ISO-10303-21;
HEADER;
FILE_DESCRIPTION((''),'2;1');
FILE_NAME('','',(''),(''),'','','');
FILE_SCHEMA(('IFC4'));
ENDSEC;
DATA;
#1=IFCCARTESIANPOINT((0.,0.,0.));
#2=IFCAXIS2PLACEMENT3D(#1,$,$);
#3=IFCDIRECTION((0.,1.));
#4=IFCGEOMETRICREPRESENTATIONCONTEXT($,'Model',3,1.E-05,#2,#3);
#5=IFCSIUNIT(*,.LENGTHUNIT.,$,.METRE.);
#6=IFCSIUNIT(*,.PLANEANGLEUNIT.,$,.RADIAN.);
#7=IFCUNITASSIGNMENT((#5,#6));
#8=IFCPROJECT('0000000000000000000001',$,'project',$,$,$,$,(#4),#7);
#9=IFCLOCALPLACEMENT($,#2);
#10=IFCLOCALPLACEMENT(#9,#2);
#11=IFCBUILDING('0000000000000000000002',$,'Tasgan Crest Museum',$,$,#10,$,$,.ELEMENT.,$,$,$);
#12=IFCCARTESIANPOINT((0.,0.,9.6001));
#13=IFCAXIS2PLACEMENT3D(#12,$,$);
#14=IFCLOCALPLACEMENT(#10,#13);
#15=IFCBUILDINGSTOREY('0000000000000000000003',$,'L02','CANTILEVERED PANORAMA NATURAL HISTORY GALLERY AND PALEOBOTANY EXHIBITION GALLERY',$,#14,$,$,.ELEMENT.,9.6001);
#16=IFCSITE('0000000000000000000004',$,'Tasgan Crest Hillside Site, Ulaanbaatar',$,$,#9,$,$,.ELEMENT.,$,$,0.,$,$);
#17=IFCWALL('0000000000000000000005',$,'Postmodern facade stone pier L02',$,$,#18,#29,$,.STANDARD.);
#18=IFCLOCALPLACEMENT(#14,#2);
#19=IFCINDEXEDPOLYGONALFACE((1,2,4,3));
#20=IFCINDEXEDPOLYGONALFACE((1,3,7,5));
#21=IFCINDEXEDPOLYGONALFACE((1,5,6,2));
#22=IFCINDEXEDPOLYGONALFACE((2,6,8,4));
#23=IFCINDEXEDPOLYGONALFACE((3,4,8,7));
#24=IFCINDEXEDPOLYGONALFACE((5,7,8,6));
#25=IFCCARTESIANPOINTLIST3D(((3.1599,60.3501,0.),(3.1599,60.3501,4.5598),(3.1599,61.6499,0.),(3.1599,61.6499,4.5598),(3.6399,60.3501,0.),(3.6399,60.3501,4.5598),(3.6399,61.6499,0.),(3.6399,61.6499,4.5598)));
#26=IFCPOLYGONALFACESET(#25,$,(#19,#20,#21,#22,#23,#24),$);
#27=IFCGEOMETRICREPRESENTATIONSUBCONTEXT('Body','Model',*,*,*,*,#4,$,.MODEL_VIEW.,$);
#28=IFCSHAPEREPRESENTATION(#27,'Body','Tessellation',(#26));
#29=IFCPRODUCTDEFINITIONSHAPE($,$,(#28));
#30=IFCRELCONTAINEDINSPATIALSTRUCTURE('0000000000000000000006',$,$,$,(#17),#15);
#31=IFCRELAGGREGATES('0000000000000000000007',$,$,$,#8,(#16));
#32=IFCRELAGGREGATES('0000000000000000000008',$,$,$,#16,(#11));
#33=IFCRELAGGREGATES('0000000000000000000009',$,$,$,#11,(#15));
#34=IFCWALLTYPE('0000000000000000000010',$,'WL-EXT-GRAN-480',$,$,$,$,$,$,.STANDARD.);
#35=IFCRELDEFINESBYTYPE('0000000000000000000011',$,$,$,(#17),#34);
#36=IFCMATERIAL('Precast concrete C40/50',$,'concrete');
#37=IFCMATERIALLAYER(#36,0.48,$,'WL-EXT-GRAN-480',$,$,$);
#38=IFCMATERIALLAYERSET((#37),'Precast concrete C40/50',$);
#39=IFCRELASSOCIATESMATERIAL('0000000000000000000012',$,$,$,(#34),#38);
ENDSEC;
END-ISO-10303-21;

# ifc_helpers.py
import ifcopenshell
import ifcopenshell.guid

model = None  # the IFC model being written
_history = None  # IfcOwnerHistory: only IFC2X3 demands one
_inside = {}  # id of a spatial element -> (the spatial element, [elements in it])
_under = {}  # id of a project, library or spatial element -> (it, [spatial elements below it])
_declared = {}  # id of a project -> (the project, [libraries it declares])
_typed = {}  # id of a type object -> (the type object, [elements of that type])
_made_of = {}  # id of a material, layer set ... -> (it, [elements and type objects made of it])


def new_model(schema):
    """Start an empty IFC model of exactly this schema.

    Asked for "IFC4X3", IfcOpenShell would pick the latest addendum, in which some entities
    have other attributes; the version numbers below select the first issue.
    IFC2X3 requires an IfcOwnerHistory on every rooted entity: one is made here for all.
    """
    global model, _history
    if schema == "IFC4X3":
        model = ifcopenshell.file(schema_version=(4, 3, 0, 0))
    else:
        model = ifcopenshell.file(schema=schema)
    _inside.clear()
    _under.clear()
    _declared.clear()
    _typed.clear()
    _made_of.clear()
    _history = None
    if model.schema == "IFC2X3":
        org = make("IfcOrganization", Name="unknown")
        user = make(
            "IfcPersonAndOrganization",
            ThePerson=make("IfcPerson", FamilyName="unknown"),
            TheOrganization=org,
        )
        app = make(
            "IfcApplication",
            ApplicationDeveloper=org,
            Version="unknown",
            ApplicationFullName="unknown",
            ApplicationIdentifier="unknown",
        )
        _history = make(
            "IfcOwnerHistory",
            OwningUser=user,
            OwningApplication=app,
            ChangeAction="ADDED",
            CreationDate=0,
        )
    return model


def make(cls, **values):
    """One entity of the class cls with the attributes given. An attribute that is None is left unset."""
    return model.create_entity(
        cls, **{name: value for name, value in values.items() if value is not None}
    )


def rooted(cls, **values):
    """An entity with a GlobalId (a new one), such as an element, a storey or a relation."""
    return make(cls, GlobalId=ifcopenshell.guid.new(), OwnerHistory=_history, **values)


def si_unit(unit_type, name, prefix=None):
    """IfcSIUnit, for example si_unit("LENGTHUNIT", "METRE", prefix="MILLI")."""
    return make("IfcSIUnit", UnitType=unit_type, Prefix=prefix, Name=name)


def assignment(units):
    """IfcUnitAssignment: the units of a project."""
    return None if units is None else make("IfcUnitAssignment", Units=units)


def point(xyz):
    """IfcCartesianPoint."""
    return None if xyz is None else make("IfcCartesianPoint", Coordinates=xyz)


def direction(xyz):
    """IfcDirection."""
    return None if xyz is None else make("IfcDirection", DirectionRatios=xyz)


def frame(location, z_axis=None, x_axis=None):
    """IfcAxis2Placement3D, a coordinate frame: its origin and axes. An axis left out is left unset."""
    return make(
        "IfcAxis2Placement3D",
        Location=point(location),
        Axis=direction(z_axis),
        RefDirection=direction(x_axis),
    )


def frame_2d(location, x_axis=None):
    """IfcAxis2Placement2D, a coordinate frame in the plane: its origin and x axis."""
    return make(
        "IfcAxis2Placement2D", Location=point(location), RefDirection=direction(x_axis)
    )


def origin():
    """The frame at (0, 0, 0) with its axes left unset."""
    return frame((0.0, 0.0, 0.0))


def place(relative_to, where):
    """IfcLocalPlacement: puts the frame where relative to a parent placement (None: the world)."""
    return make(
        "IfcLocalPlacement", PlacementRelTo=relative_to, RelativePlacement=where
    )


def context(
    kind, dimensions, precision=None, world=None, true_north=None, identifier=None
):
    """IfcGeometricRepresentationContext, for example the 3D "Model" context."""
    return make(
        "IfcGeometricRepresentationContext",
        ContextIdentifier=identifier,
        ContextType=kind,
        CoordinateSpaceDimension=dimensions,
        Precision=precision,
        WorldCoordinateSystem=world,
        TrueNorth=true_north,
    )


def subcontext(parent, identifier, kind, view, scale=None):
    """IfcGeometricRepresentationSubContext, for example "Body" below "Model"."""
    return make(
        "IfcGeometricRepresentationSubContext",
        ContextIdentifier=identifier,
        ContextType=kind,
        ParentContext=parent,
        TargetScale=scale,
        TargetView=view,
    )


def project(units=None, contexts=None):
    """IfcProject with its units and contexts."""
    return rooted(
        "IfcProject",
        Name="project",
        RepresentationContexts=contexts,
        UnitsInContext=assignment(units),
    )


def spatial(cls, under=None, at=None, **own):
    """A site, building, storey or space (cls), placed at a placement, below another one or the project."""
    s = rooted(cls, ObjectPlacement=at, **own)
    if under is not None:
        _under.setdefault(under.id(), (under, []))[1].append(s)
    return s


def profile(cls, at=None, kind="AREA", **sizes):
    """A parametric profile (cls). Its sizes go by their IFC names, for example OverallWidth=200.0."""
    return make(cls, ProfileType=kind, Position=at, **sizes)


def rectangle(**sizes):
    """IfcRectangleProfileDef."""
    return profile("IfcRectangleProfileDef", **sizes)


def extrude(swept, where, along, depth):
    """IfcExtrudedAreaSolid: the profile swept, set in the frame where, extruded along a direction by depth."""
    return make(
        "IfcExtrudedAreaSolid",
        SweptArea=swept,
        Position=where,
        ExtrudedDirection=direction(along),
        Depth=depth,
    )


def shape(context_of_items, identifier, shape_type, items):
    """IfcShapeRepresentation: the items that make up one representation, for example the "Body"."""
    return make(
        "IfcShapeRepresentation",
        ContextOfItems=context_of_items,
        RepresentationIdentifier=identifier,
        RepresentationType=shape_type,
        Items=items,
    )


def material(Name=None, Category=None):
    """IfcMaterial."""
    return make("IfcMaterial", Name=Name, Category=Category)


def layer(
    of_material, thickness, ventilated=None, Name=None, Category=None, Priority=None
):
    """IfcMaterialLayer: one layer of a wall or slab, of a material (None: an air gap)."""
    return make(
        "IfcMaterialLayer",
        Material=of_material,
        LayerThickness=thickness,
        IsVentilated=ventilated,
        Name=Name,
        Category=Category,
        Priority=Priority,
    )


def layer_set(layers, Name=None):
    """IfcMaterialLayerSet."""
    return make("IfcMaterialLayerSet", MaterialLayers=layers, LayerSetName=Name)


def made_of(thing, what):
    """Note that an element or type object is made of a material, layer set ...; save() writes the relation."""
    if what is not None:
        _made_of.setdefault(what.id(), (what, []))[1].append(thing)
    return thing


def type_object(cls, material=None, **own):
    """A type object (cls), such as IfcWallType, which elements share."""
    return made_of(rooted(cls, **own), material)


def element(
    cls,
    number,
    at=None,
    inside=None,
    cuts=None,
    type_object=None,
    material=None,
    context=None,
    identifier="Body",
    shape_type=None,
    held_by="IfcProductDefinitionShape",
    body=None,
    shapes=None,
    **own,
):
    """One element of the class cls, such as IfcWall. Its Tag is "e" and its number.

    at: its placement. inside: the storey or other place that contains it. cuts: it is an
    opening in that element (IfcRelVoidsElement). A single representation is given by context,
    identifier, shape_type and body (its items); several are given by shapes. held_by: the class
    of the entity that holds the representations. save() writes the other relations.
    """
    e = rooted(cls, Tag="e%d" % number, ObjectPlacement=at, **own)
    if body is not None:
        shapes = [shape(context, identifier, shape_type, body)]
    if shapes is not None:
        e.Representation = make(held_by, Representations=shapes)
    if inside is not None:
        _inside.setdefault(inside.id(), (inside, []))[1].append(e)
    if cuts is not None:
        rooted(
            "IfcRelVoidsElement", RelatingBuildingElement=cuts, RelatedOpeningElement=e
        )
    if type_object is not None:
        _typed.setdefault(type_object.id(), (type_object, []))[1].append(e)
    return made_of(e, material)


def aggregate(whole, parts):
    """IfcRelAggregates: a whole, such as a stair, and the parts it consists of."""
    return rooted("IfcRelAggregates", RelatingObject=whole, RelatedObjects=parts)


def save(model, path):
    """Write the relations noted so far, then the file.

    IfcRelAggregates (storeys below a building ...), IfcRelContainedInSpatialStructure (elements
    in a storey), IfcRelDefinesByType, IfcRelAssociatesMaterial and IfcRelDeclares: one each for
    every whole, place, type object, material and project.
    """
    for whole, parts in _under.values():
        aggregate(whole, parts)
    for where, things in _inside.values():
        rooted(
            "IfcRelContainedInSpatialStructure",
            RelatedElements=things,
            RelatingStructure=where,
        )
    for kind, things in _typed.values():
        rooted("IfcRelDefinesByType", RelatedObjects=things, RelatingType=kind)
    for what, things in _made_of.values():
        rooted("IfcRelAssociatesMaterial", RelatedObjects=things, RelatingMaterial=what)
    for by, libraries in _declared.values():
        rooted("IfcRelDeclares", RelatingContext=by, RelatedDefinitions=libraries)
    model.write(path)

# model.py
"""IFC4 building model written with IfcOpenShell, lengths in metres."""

from ifc_helpers import new_model, si_unit, direction, frame, frame_2d, origin, place, context, subcontext, project, spatial, rectangle, extrude, material, layer, layer_set, type_object, element, save


model = new_model("IFC4")

# Units and contexts
model_context = context("Model", 3, precision=1e-05, world=origin(), true_north=direction((0.0, 1.0)))
body_context = subcontext(model_context, "Body", "Model", "MODEL_VIEW")
ifc_project = project(units=[si_unit("LENGTHUNIT", "METRE"), si_unit("PLANEANGLEUNIT", "RADIAN")], contexts=[model_context])

# Site, building, storey
site_placement = place(None, origin())
site = spatial("IfcSite", under=ifc_project, at=site_placement, Name="Tasgan Crest Hillside Site, Ulaanbaatar", CompositionType="ELEMENT", RefElevation=0.0)
building_placement = place(site_placement, origin())
building = spatial("IfcBuilding", under=site, at=building_placement, Name="Tasgan Crest Museum", CompositionType="ELEMENT")
storey_placement = place(building_placement, frame((0.0, 0.0, 9.6001)))
storey = spatial("IfcBuildingStorey", under=building, at=storey_placement, Name="L02", Description="CANTILEVERED PANORAMA NATURAL HISTORY GALLERY AND PALEOBOTANY EXHIBITION GALLERY", CompositionType="ELEMENT", Elevation=9.6001)

# Wall
ifc_material_1 = material(Name="Precast concrete C40/50", Category="concrete")
ifc_layer_1 = layer(ifc_material_1, 0.48, Name="WL-EXT-GRAN-480")
ifc_layer_set_1 = layer_set([ifc_layer_1], Name="Precast concrete C40/50")
wall_type = type_object("IfcWallType", Name="WL-EXT-GRAN-480", PredefinedType="STANDARD", material=ifc_layer_set_1)
wall_placement = place(storey_placement, frame((3.3999, 61.6499, 0.0), z_axis=(0.0, 0.0, 1.0), x_axis=(0.0, -1.0, 0.0)))
element("IfcWall", 1, at=wall_placement, inside=storey, type_object=wall_type, Name="Postmodern facade stone pier L02", PredefinedType="STANDARD", context=body_context, shape_type="SweptSolid", body=[
    extrude(rectangle(XDim=1.2998, YDim=0.48, at=frame_2d((0.6499, 0.0))), origin(), (0.0, 0.0, 1.0), 4.5598),
])

save(model, "model.ifc")
